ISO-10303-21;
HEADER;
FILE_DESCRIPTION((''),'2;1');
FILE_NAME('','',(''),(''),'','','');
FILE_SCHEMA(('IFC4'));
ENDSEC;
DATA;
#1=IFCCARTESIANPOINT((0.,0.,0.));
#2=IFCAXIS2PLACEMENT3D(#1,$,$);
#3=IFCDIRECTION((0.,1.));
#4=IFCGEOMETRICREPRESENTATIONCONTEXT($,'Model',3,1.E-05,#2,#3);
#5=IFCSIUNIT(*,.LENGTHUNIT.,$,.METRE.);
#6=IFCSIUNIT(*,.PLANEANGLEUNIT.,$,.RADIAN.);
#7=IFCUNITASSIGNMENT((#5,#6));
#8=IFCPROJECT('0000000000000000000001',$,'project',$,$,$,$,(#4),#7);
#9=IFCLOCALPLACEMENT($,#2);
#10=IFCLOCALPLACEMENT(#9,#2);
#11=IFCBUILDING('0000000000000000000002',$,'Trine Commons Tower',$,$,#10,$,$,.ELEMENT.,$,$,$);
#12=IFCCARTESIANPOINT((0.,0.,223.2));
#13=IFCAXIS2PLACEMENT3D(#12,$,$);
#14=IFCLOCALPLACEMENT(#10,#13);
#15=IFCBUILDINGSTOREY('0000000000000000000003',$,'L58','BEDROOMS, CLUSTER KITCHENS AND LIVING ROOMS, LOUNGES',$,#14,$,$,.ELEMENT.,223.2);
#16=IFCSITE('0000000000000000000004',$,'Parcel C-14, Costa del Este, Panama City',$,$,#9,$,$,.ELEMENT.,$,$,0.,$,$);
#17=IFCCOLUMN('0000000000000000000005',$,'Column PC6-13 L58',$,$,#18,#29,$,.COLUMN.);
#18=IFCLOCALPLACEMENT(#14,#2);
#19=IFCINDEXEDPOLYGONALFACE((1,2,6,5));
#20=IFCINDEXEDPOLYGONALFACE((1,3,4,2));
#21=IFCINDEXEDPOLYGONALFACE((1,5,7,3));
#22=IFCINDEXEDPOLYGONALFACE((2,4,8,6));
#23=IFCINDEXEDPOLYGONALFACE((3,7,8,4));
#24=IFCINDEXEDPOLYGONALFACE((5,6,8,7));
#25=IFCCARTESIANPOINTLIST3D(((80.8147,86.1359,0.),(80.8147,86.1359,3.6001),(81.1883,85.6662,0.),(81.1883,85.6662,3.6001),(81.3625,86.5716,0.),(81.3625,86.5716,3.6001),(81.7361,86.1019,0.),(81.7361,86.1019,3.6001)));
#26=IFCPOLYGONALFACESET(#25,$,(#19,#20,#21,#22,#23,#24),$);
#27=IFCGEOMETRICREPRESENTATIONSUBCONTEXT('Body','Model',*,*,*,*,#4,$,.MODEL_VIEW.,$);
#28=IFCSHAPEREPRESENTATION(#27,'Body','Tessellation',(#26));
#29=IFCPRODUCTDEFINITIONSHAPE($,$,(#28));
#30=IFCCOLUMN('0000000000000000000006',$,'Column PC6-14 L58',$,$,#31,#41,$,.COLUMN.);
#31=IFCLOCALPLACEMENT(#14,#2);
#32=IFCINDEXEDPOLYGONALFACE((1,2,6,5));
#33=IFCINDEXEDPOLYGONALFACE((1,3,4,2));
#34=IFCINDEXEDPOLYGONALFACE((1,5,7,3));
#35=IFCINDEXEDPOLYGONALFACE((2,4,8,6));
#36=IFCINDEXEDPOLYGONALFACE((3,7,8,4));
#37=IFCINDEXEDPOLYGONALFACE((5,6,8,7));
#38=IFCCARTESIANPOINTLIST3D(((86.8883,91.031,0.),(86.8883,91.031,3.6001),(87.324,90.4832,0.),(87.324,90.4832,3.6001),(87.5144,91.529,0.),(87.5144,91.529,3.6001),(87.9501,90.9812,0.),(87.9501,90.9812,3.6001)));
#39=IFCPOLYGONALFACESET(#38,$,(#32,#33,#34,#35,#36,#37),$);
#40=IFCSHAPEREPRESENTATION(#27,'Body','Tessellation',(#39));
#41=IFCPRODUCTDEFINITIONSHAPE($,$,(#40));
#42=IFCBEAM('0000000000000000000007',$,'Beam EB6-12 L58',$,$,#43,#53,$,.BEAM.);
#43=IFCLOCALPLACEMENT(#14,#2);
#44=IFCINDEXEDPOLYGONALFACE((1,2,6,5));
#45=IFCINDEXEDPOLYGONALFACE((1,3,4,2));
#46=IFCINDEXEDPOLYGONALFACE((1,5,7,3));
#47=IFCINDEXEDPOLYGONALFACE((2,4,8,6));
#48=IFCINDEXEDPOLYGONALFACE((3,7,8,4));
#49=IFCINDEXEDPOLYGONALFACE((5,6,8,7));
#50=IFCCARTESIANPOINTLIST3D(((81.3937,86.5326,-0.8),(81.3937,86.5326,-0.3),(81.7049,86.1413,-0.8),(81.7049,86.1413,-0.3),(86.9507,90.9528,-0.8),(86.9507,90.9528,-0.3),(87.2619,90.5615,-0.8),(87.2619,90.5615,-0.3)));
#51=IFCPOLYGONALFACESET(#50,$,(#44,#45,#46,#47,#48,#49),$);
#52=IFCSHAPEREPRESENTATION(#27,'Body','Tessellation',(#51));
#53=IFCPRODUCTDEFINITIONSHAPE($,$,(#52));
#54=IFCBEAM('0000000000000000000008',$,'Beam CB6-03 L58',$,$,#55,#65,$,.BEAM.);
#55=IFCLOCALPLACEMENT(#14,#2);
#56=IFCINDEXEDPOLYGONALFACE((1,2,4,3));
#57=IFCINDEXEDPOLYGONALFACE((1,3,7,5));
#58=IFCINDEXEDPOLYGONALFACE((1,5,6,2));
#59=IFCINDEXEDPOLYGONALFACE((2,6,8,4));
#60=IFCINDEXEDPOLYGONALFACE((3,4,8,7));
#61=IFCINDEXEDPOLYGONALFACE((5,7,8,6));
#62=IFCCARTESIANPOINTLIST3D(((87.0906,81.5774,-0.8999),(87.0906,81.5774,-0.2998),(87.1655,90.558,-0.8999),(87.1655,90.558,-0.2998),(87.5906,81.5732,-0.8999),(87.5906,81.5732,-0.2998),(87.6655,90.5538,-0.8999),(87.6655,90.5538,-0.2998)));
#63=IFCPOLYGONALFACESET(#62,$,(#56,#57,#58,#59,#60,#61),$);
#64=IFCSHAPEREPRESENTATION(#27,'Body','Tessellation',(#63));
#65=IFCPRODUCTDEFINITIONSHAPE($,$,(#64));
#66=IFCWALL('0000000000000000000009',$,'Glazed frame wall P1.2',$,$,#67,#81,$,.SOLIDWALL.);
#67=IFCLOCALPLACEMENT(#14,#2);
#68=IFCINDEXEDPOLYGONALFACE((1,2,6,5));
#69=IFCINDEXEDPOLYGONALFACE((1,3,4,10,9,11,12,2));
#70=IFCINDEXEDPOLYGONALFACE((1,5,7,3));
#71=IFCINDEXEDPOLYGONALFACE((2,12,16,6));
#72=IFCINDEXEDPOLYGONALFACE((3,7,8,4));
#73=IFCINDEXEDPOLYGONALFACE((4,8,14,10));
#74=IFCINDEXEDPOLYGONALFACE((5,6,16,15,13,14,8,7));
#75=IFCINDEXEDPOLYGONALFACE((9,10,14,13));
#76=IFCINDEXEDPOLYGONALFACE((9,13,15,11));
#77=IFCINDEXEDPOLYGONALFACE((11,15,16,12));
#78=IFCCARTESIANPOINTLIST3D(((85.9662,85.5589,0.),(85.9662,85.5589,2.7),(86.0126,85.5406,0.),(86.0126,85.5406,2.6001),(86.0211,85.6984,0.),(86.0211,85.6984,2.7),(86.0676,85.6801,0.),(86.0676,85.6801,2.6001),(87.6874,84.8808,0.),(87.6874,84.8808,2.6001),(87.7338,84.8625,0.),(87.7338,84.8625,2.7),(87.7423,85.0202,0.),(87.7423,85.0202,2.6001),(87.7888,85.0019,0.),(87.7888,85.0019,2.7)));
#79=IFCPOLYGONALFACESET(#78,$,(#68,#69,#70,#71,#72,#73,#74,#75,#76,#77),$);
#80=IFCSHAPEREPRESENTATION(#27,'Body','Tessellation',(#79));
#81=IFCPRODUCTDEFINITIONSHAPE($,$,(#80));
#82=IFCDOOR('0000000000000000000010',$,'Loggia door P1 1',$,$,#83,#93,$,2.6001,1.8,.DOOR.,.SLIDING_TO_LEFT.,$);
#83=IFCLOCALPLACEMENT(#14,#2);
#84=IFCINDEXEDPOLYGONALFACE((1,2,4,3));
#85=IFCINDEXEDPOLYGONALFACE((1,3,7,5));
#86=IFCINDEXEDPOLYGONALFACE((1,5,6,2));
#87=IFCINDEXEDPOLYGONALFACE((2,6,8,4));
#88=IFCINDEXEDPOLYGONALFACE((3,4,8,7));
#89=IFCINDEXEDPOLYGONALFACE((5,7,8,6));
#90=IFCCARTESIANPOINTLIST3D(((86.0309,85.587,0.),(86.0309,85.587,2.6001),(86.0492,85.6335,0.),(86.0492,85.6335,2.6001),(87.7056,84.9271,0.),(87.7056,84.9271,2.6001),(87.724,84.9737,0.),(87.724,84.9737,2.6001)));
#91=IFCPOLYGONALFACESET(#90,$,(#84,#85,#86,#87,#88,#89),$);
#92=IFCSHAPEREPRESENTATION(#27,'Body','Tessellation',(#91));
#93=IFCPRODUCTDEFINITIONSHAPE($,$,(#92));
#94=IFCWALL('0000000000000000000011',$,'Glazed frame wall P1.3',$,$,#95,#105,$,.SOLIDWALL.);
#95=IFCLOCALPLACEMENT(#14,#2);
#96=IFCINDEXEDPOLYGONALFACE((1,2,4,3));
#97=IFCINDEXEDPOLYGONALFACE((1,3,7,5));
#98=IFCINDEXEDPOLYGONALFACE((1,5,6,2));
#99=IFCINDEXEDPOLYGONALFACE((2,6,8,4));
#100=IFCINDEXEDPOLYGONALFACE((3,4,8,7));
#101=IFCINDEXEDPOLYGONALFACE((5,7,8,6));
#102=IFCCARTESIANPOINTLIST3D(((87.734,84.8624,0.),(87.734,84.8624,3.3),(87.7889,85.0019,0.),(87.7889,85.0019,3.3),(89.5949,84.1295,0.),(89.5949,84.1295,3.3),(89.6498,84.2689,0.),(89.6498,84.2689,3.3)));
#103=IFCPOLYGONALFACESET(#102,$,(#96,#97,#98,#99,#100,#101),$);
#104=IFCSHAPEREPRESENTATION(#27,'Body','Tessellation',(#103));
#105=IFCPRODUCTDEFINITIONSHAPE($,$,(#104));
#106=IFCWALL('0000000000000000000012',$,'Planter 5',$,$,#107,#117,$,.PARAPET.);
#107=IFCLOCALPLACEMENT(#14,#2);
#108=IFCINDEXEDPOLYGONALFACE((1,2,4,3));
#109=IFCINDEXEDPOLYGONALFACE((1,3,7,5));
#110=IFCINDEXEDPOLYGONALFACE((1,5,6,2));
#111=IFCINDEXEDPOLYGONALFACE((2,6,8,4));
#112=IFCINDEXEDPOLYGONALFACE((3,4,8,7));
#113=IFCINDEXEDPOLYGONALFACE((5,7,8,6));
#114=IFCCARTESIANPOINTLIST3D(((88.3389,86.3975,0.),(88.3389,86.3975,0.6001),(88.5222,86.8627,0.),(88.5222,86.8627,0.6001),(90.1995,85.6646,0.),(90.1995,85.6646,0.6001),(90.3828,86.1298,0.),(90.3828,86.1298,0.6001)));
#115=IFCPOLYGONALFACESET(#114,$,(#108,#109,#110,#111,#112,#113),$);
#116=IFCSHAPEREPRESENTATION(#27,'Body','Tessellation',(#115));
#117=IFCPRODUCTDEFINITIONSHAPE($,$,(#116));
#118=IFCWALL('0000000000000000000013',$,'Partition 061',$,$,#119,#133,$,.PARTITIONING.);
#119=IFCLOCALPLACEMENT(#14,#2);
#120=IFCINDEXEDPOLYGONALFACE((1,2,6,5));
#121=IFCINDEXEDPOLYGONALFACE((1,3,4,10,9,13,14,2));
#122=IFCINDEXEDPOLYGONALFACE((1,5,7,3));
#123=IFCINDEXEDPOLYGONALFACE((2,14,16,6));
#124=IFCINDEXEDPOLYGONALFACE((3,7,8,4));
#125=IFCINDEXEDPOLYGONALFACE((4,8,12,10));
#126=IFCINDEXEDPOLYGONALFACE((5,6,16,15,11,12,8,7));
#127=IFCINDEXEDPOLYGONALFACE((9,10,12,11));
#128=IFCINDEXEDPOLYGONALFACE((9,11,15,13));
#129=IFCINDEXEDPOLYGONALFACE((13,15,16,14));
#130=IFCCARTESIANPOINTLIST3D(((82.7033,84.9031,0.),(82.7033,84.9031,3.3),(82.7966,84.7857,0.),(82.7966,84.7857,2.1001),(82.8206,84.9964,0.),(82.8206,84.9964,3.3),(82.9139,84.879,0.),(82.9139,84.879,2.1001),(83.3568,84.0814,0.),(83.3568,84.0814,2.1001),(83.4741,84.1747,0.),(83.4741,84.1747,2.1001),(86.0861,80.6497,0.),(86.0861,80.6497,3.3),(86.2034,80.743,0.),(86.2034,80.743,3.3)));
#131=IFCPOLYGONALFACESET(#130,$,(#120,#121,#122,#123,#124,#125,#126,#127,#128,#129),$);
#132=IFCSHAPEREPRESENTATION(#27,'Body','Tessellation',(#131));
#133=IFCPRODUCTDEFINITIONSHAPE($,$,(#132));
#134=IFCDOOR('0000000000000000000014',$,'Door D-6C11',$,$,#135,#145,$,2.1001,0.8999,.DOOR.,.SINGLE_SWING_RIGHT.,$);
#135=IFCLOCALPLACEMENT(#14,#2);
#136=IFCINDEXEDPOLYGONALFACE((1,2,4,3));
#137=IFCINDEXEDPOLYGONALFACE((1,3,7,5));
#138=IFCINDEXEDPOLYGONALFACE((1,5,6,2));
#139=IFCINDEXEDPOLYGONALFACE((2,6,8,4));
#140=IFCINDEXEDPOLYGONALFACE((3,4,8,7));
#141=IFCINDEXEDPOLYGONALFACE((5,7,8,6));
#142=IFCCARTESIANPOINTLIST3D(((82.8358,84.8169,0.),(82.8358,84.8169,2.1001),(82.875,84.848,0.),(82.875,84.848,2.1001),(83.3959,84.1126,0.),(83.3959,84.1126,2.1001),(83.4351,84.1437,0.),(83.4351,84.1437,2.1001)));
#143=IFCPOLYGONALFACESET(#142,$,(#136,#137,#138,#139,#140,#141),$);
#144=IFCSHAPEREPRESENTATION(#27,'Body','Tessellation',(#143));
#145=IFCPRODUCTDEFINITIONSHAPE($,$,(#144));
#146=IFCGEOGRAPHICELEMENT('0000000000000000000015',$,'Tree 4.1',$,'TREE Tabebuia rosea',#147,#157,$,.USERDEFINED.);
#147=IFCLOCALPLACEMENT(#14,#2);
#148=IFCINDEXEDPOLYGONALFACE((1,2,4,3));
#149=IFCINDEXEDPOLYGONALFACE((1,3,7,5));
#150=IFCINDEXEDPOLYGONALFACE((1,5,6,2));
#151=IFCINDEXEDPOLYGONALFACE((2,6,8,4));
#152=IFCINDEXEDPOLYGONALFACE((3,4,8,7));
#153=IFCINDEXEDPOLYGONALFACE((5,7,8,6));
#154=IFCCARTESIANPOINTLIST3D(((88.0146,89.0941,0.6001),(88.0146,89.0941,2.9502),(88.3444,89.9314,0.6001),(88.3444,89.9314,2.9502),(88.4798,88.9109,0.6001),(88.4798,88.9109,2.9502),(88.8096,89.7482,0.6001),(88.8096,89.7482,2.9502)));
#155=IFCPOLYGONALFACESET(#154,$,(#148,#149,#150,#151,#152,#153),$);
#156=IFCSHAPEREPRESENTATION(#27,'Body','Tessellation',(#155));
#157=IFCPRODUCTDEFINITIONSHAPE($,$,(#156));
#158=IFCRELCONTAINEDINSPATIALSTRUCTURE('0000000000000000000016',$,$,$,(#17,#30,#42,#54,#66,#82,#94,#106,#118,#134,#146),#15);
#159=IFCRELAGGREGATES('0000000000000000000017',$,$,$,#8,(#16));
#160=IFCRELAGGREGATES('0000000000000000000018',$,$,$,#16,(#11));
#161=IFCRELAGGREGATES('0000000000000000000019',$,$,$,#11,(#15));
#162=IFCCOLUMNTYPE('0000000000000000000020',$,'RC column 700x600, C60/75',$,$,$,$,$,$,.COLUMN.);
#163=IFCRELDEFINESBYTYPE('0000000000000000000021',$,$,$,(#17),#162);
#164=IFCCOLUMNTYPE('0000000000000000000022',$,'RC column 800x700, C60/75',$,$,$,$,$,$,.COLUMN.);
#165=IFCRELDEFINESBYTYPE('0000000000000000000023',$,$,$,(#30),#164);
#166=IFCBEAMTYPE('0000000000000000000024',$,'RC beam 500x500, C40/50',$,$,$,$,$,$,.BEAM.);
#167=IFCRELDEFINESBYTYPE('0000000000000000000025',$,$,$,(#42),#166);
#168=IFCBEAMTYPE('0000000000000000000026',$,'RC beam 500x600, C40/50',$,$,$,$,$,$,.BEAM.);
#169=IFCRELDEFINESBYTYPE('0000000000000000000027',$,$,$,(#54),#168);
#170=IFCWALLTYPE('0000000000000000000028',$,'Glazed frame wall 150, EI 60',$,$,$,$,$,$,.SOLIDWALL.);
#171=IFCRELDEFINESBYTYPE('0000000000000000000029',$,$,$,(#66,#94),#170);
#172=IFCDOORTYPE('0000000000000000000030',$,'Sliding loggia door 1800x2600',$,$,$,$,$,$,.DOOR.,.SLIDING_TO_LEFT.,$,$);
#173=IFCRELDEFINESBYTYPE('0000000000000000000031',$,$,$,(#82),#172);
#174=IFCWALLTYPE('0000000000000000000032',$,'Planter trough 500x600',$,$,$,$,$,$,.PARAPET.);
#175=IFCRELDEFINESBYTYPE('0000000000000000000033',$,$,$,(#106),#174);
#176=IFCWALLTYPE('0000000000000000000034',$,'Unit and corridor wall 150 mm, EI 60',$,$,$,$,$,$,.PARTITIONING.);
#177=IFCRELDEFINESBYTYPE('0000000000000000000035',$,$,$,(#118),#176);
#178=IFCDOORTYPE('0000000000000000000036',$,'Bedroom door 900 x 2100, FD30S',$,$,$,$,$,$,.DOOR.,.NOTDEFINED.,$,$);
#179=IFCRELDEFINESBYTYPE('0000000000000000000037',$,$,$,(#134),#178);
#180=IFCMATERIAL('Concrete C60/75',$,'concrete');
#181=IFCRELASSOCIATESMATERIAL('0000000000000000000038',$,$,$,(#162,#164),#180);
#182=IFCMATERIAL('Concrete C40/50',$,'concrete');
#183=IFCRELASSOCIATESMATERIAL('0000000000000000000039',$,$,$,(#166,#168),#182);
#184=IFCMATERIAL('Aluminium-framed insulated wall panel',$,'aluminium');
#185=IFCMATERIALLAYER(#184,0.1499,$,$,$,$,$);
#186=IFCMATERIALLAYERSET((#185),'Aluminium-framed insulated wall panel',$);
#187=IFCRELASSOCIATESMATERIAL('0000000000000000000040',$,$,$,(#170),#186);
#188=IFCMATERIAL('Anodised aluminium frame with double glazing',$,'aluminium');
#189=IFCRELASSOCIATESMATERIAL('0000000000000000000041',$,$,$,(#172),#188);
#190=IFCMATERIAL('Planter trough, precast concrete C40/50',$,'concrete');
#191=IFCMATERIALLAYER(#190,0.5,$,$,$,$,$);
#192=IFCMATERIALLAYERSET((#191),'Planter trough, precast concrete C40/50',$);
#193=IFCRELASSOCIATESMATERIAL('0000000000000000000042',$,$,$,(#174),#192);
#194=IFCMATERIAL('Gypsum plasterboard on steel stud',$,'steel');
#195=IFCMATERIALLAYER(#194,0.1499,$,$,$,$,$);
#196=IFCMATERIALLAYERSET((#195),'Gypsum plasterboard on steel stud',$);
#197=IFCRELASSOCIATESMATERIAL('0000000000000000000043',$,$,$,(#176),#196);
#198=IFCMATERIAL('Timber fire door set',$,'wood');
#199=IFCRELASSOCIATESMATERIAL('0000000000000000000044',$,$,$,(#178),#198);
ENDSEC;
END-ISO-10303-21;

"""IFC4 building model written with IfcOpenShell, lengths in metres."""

from ifc_helpers import new_model, si_unit, direction, frame, frame_2d, origin, origin_2d, place, context, subcontext, project, spatial, polyline, rectangle, outline, extrude, material, layer, layer_set, material_profile, profile_set, type_object, element, fill, save


model = new_model("IFC4")

# Units and contexts
model_context = context("Model", 3, precision=1e-05, world=origin(), true_north=direction((0.0, 1.0)))
body_context = subcontext(model_context, "Body", "Model", "MODEL_VIEW")
ifc_project = project(units=[si_unit("LENGTHUNIT", "METRE"), si_unit("PLANEANGLEUNIT", "RADIAN")], contexts=[model_context])

# Site, building, storey
site_placement = place(None, origin())
site = spatial("IfcSite", under=ifc_project, at=site_placement, Name="Parcel C-14, Costa del Este, Panama City", CompositionType="ELEMENT", RefElevation=0.0)
building_placement = place(site_placement, origin())
building = spatial("IfcBuilding", under=site, at=building_placement, Name="Trine Commons Tower", CompositionType="ELEMENT")
storey_placement = place(building_placement, frame((0.0, 0.0, 223.2)))
storey = spatial("IfcBuildingStorey", under=building, at=storey_placement, Name="L58", Description="BEDROOMS, CLUSTER KITCHENS AND LIVING ROOMS, LOUNGES", CompositionType="ELEMENT", Elevation=223.2)

# Columns
ifc_material_1 = material(Name="Concrete C60/75", Category="concrete")
ifc_material_profile_1 = material_profile(ifc_material_1, rectangle(XDim=0.7, YDim=0.6001, at=origin_2d()), Name="RC 700x600")
ifc_profile_set_1 = profile_set([ifc_material_profile_1], Name="Concrete C60/75")
column_type_1 = type_object("IfcColumnType", Name="RC column 700x600, C60/75", PredefinedType="COLUMN", material=ifc_profile_set_1)
column_1_placement = place(storey_placement, frame((81.2754, 86.1189, 0.0), z_axis=(0.0, 0.0, 1.0), x_axis=(0.782608, 0.622515, 0.0)))
element("IfcColumn", 1, at=column_1_placement, inside=storey, type_object=column_type_1, Name="Column PC6-13 L58", PredefinedType="COLUMN", context=body_context, shape_type="SweptSolid", body=[
    extrude(rectangle(XDim=0.7, YDim=0.6001, at=origin_2d()), origin(), (0.0, 0.0, 1.0), 3.6001),
])
ifc_material_profile_2 = material_profile(ifc_material_1, rectangle(XDim=0.8, YDim=0.7, at=origin_2d()), Name="RC 800x700")
ifc_profile_set_2 = profile_set([ifc_material_profile_2], Name="Concrete C60/75")
column_type_2 = type_object("IfcColumnType", Name="RC column 800x700, C60/75", PredefinedType="COLUMN", material=ifc_profile_set_2)
column_2_placement = place(storey_placement, frame((87.4192, 91.0061, 0.0), z_axis=(0.0, 0.0, 1.0), x_axis=(0.782608, 0.622515, 0.0)))
element("IfcColumn", 2, at=column_2_placement, inside=storey, type_object=column_type_2, Name="Column PC6-14 L58", PredefinedType="COLUMN", context=body_context, shape_type="SweptSolid", body=[
    extrude(rectangle(XDim=0.8, YDim=0.7, at=origin_2d()), origin(), (0.0, 0.0, 1.0), 3.6001),
])

# Beams
ifc_material_2 = material(Name="Concrete C40/50", Category="concrete")
ifc_material_profile_3 = material_profile(ifc_material_2, rectangle(XDim=0.5, YDim=0.5, at=origin_2d()), Name="RC 500x500")
ifc_profile_set_3 = profile_set([ifc_material_profile_3], Name="Concrete C40/50")
beam_type_1 = type_object("IfcBeamType", Name="RC beam 500x500, C40/50", PredefinedType="BEAM", material=ifc_profile_set_3)
beam_1_placement = place(storey_placement, frame((81.5493, 86.3369, -0.55), z_axis=(0.782607, 0.622516, 0.0), x_axis=(-0.622516, 0.782607, 0.0)))
element("IfcBeam", 3, at=beam_1_placement, inside=storey, type_object=beam_type_1, Name="Beam EB6-12 L58", PredefinedType="BEAM", context=body_context, shape_type="SweptSolid", body=[
    extrude(rectangle(XDim=0.5, YDim=0.5, at=origin_2d()), origin(), (0.0, 0.0, 1.0), 7.1006),
])
ifc_material_profile_4 = material_profile(ifc_material_2, rectangle(XDim=0.5, YDim=0.6001, at=origin_2d()), Name="RC 500x600")
ifc_profile_set_4 = profile_set([ifc_material_profile_4], Name="Concrete C40/50")
beam_type_2 = type_object("IfcBeamType", Name="RC beam 500x600, C40/50", PredefinedType="BEAM", material=ifc_profile_set_4)
beam_2_placement = place(storey_placement, frame((87.4155, 90.5559, -0.5999), z_axis=(-0.008346, -0.999965, 0.0), x_axis=(0.999965, -0.008346, 0.0)))
element("IfcBeam", 4, at=beam_2_placement, inside=storey, type_object=beam_type_2, Name="Beam CB6-03 L58", PredefinedType="BEAM", context=body_context, shape_type="SweptSolid", body=[
    extrude(rectangle(XDim=0.5, YDim=0.6001, at=origin_2d()), origin(), (0.0, 0.0, 1.0), 8.981),
])

# Shared definitions
ifc_material_3 = material(Name="Aluminium-framed insulated wall panel", Category="aluminium")
ifc_layer_1 = layer(ifc_material_3, 0.1499)
ifc_layer_set_1 = layer_set([ifc_layer_1], Name="Aluminium-framed insulated wall panel")
wall_type_1 = type_object("IfcWallType", Name="Glazed frame wall 150, EI 60", PredefinedType="SOLIDWALL", material=ifc_layer_set_1)

# Wall, opening, door
wall_1_placement = place(storey_placement, frame((85.9937, 85.6287, 0.0), z_axis=(0.0, 0.0, 1.0), x_axis=(0.930387, -0.366578, 0.0)))
wall_1 = element("IfcWall", 5, at=wall_1_placement, inside=storey, type_object=wall_type_1, Name="Glazed frame wall P1.2", PredefinedType="SOLIDWALL", context=body_context, shape_type="SweptSolid", body=[
    extrude(outline(polyline([(0.0, -0.075), (1.8999, -0.075), (1.8999, 0.075), (0.0, 0.075), (0.0, -0.075)])), origin(), (0.0, 0.0, 1.0), 2.7),
])
opening_1_placement = place(wall_1_placement, frame((0.05, 0.0, 0.0)))
opening_1 = element("IfcOpeningElement", 6, at=opening_1_placement, cuts=wall_1, PredefinedType="OPENING", context=body_context, shape_type="SweptSolid", body=[
    extrude(rectangle(XDim=1.8, YDim=2.6001, at=frame_2d((0.8999, 1.3))), frame((0.0, 0.085, 0.0), z_axis=(0.0, -1.0, 0.0), x_axis=(1.0, 0.0, 0.0)), (0.0, 0.0, 1.0), 0.1699),
])
ifc_material_4 = material(Name="Anodised aluminium frame with double glazing", Category="aluminium")
door_type_1 = type_object("IfcDoorType", Name="Sliding loggia door 1800x2600", OperationType="SLIDING_TO_LEFT", PredefinedType="DOOR", material=ifc_material_4)
door_1_placement = place(opening_1_placement, origin())
door_1 = element("IfcDoor", 7, at=door_1_placement, inside=storey, type_object=door_type_1, Name="Loggia door P1 1", OperationType="SLIDING_TO_LEFT", OverallHeight=2.6001, OverallWidth=1.8, PredefinedType="DOOR", context=body_context, shape_type="SweptSolid", body=[
    extrude(rectangle(XDim=1.8, YDim=2.6001, at=frame_2d((0.8999, 1.3))), frame((0.0, 0.0249, 0.0), z_axis=(0.0, -1.0, 0.0), x_axis=(1.0, 0.0, 0.0)), (0.0, 0.0, 1.0), 0.05),
])
fill(opening_1, door_1)

# Walls
wall_2_placement = place(storey_placement, frame((87.7615, 84.9321, 0.0), z_axis=(0.0, 0.0, 1.0), x_axis=(0.930434, -0.36646, 0.0)))
element("IfcWall", 8, at=wall_2_placement, inside=storey, type_object=wall_type_1, Name="Glazed frame wall P1.3", PredefinedType="SOLIDWALL", context=body_context, shape_type="SweptSolid", body=[
    extrude(outline(polyline([(0.0, -0.075), (2.0, -0.075), (2.0, 0.075), (0.0, 0.075), (0.0, -0.075)])), origin(), (0.0, 0.0, 1.0), 3.3),
])
ifc_material_5 = material(Name="Planter trough, precast concrete C40/50", Category="concrete")
ifc_layer_2 = layer(ifc_material_5, 0.5)
ifc_layer_set_2 = layer_set([ifc_layer_2], Name="Planter trough, precast concrete C40/50")
wall_type_2 = type_object("IfcWallType", Name="Planter trough 500x600", PredefinedType="PARAPET", material=ifc_layer_set_2)
wall_3_placement = place(storey_placement, frame((88.4304, 86.6301, 0.0), z_axis=(0.0, 0.0, 1.0), x_axis=(0.930417, -0.366502, 0.0)))
element("IfcWall", 9, at=wall_3_placement, inside=storey, type_object=wall_type_2, Name="Planter 5", PredefinedType="PARAPET", context=body_context, shape_type="SweptSolid", body=[
    extrude(rectangle(XDim=1.9998, YDim=0.5, at=frame_2d((1.0, 0.0))), origin(), (0.0, 0.0, 1.0), 0.6001),
])

# Wall, opening, door
ifc_material_6 = material(Name="Gypsum plasterboard on steel stud", Category="steel")
ifc_layer_3 = layer(ifc_material_6, 0.1499)
ifc_layer_set_3 = layer_set([ifc_layer_3], Name="Gypsum plasterboard on steel stud")
wall_type_3 = type_object("IfcWallType", Name="Unit and corridor wall 150 mm, EI 60", PredefinedType="PARTITIONING", material=ifc_layer_set_3)
wall_4_placement = place(storey_placement, frame((82.762, 84.9497, 0.0), z_axis=(0.0, 0.0, 1.0), x_axis=(0.622457, -0.782654, 0.0)))
wall_4 = element("IfcWall", 10, at=wall_4_placement, inside=storey, type_object=wall_type_3, Name="Partition 061", PredefinedType="PARTITIONING", context=body_context, shape_type="SweptSolid", body=[
    extrude(rectangle(XDim=5.4346, YDim=0.1499, at=frame_2d((2.7173, 0.0))), origin(), (0.0, 0.0, 1.0), 3.3),
])
opening_2_placement = place(wall_4_placement, frame((0.1499, 0.0, 0.0)))
opening_2 = element("IfcOpeningElement", 11, at=opening_2_placement, cuts=wall_4, PredefinedType="OPENING", context=body_context, shape_type="SweptSolid", body=[
    extrude(rectangle(XDim=0.8999, YDim=2.1001, at=frame_2d((0.45, 1.05))), frame((0.0, 0.085, 0.0), z_axis=(0.0, -1.0, 0.0), x_axis=(1.0, 0.0, 0.0)), (0.0, 0.0, 1.0), 0.1699),
])
ifc_material_7 = material(Name="Timber fire door set", Category="wood")
door_type_2 = type_object("IfcDoorType", Name="Bedroom door 900 x 2100, FD30S", OperationType="NOTDEFINED", PredefinedType="DOOR", material=ifc_material_7)
door_2_placement = place(opening_2_placement, frame((0.8999, 0.0, 0.0), z_axis=(0.0, 0.0, 1.0), x_axis=(-1.0, 0.0, 0.0)))
door_2 = element("IfcDoor", 12, at=door_2_placement, inside=storey, type_object=door_type_2, Name="Door D-6C11", OperationType="SINGLE_SWING_RIGHT", OverallHeight=2.1001, OverallWidth=0.8999, PredefinedType="DOOR", context=body_context, shape_type="SweptSolid", body=[
    extrude(rectangle(XDim=0.8999, YDim=2.1001, at=frame_2d((0.45, 1.05))), frame((0.0, 0.0249, 0.0), z_axis=(0.0, -1.0, 0.0), x_axis=(1.0, 0.0, 0.0)), (0.0, 0.0, 1.0), 0.05),
])
fill(opening_2, door_2)

# Geographic element
geographic_element_placement = place(storey_placement, frame((88.4121, 89.4211, 0.6001), z_axis=(0.0, 0.0, 1.0), x_axis=(-0.366495, -0.93042, 0.0)))
element("IfcGeographicElement", 13, at=geographic_element_placement, inside=storey, Name="Tree 4.1", ObjectType="TREE Tabebuia rosea", PredefinedType="USERDEFINED", context=body_context, shape_type="SweptSolid", body=[
    extrude(rectangle(XDim=0.8999, YDim=0.5, at=origin_2d()), origin(), (0.0, 0.0, 1.0), 2.3501),
])

save(model, "model.ifc")
